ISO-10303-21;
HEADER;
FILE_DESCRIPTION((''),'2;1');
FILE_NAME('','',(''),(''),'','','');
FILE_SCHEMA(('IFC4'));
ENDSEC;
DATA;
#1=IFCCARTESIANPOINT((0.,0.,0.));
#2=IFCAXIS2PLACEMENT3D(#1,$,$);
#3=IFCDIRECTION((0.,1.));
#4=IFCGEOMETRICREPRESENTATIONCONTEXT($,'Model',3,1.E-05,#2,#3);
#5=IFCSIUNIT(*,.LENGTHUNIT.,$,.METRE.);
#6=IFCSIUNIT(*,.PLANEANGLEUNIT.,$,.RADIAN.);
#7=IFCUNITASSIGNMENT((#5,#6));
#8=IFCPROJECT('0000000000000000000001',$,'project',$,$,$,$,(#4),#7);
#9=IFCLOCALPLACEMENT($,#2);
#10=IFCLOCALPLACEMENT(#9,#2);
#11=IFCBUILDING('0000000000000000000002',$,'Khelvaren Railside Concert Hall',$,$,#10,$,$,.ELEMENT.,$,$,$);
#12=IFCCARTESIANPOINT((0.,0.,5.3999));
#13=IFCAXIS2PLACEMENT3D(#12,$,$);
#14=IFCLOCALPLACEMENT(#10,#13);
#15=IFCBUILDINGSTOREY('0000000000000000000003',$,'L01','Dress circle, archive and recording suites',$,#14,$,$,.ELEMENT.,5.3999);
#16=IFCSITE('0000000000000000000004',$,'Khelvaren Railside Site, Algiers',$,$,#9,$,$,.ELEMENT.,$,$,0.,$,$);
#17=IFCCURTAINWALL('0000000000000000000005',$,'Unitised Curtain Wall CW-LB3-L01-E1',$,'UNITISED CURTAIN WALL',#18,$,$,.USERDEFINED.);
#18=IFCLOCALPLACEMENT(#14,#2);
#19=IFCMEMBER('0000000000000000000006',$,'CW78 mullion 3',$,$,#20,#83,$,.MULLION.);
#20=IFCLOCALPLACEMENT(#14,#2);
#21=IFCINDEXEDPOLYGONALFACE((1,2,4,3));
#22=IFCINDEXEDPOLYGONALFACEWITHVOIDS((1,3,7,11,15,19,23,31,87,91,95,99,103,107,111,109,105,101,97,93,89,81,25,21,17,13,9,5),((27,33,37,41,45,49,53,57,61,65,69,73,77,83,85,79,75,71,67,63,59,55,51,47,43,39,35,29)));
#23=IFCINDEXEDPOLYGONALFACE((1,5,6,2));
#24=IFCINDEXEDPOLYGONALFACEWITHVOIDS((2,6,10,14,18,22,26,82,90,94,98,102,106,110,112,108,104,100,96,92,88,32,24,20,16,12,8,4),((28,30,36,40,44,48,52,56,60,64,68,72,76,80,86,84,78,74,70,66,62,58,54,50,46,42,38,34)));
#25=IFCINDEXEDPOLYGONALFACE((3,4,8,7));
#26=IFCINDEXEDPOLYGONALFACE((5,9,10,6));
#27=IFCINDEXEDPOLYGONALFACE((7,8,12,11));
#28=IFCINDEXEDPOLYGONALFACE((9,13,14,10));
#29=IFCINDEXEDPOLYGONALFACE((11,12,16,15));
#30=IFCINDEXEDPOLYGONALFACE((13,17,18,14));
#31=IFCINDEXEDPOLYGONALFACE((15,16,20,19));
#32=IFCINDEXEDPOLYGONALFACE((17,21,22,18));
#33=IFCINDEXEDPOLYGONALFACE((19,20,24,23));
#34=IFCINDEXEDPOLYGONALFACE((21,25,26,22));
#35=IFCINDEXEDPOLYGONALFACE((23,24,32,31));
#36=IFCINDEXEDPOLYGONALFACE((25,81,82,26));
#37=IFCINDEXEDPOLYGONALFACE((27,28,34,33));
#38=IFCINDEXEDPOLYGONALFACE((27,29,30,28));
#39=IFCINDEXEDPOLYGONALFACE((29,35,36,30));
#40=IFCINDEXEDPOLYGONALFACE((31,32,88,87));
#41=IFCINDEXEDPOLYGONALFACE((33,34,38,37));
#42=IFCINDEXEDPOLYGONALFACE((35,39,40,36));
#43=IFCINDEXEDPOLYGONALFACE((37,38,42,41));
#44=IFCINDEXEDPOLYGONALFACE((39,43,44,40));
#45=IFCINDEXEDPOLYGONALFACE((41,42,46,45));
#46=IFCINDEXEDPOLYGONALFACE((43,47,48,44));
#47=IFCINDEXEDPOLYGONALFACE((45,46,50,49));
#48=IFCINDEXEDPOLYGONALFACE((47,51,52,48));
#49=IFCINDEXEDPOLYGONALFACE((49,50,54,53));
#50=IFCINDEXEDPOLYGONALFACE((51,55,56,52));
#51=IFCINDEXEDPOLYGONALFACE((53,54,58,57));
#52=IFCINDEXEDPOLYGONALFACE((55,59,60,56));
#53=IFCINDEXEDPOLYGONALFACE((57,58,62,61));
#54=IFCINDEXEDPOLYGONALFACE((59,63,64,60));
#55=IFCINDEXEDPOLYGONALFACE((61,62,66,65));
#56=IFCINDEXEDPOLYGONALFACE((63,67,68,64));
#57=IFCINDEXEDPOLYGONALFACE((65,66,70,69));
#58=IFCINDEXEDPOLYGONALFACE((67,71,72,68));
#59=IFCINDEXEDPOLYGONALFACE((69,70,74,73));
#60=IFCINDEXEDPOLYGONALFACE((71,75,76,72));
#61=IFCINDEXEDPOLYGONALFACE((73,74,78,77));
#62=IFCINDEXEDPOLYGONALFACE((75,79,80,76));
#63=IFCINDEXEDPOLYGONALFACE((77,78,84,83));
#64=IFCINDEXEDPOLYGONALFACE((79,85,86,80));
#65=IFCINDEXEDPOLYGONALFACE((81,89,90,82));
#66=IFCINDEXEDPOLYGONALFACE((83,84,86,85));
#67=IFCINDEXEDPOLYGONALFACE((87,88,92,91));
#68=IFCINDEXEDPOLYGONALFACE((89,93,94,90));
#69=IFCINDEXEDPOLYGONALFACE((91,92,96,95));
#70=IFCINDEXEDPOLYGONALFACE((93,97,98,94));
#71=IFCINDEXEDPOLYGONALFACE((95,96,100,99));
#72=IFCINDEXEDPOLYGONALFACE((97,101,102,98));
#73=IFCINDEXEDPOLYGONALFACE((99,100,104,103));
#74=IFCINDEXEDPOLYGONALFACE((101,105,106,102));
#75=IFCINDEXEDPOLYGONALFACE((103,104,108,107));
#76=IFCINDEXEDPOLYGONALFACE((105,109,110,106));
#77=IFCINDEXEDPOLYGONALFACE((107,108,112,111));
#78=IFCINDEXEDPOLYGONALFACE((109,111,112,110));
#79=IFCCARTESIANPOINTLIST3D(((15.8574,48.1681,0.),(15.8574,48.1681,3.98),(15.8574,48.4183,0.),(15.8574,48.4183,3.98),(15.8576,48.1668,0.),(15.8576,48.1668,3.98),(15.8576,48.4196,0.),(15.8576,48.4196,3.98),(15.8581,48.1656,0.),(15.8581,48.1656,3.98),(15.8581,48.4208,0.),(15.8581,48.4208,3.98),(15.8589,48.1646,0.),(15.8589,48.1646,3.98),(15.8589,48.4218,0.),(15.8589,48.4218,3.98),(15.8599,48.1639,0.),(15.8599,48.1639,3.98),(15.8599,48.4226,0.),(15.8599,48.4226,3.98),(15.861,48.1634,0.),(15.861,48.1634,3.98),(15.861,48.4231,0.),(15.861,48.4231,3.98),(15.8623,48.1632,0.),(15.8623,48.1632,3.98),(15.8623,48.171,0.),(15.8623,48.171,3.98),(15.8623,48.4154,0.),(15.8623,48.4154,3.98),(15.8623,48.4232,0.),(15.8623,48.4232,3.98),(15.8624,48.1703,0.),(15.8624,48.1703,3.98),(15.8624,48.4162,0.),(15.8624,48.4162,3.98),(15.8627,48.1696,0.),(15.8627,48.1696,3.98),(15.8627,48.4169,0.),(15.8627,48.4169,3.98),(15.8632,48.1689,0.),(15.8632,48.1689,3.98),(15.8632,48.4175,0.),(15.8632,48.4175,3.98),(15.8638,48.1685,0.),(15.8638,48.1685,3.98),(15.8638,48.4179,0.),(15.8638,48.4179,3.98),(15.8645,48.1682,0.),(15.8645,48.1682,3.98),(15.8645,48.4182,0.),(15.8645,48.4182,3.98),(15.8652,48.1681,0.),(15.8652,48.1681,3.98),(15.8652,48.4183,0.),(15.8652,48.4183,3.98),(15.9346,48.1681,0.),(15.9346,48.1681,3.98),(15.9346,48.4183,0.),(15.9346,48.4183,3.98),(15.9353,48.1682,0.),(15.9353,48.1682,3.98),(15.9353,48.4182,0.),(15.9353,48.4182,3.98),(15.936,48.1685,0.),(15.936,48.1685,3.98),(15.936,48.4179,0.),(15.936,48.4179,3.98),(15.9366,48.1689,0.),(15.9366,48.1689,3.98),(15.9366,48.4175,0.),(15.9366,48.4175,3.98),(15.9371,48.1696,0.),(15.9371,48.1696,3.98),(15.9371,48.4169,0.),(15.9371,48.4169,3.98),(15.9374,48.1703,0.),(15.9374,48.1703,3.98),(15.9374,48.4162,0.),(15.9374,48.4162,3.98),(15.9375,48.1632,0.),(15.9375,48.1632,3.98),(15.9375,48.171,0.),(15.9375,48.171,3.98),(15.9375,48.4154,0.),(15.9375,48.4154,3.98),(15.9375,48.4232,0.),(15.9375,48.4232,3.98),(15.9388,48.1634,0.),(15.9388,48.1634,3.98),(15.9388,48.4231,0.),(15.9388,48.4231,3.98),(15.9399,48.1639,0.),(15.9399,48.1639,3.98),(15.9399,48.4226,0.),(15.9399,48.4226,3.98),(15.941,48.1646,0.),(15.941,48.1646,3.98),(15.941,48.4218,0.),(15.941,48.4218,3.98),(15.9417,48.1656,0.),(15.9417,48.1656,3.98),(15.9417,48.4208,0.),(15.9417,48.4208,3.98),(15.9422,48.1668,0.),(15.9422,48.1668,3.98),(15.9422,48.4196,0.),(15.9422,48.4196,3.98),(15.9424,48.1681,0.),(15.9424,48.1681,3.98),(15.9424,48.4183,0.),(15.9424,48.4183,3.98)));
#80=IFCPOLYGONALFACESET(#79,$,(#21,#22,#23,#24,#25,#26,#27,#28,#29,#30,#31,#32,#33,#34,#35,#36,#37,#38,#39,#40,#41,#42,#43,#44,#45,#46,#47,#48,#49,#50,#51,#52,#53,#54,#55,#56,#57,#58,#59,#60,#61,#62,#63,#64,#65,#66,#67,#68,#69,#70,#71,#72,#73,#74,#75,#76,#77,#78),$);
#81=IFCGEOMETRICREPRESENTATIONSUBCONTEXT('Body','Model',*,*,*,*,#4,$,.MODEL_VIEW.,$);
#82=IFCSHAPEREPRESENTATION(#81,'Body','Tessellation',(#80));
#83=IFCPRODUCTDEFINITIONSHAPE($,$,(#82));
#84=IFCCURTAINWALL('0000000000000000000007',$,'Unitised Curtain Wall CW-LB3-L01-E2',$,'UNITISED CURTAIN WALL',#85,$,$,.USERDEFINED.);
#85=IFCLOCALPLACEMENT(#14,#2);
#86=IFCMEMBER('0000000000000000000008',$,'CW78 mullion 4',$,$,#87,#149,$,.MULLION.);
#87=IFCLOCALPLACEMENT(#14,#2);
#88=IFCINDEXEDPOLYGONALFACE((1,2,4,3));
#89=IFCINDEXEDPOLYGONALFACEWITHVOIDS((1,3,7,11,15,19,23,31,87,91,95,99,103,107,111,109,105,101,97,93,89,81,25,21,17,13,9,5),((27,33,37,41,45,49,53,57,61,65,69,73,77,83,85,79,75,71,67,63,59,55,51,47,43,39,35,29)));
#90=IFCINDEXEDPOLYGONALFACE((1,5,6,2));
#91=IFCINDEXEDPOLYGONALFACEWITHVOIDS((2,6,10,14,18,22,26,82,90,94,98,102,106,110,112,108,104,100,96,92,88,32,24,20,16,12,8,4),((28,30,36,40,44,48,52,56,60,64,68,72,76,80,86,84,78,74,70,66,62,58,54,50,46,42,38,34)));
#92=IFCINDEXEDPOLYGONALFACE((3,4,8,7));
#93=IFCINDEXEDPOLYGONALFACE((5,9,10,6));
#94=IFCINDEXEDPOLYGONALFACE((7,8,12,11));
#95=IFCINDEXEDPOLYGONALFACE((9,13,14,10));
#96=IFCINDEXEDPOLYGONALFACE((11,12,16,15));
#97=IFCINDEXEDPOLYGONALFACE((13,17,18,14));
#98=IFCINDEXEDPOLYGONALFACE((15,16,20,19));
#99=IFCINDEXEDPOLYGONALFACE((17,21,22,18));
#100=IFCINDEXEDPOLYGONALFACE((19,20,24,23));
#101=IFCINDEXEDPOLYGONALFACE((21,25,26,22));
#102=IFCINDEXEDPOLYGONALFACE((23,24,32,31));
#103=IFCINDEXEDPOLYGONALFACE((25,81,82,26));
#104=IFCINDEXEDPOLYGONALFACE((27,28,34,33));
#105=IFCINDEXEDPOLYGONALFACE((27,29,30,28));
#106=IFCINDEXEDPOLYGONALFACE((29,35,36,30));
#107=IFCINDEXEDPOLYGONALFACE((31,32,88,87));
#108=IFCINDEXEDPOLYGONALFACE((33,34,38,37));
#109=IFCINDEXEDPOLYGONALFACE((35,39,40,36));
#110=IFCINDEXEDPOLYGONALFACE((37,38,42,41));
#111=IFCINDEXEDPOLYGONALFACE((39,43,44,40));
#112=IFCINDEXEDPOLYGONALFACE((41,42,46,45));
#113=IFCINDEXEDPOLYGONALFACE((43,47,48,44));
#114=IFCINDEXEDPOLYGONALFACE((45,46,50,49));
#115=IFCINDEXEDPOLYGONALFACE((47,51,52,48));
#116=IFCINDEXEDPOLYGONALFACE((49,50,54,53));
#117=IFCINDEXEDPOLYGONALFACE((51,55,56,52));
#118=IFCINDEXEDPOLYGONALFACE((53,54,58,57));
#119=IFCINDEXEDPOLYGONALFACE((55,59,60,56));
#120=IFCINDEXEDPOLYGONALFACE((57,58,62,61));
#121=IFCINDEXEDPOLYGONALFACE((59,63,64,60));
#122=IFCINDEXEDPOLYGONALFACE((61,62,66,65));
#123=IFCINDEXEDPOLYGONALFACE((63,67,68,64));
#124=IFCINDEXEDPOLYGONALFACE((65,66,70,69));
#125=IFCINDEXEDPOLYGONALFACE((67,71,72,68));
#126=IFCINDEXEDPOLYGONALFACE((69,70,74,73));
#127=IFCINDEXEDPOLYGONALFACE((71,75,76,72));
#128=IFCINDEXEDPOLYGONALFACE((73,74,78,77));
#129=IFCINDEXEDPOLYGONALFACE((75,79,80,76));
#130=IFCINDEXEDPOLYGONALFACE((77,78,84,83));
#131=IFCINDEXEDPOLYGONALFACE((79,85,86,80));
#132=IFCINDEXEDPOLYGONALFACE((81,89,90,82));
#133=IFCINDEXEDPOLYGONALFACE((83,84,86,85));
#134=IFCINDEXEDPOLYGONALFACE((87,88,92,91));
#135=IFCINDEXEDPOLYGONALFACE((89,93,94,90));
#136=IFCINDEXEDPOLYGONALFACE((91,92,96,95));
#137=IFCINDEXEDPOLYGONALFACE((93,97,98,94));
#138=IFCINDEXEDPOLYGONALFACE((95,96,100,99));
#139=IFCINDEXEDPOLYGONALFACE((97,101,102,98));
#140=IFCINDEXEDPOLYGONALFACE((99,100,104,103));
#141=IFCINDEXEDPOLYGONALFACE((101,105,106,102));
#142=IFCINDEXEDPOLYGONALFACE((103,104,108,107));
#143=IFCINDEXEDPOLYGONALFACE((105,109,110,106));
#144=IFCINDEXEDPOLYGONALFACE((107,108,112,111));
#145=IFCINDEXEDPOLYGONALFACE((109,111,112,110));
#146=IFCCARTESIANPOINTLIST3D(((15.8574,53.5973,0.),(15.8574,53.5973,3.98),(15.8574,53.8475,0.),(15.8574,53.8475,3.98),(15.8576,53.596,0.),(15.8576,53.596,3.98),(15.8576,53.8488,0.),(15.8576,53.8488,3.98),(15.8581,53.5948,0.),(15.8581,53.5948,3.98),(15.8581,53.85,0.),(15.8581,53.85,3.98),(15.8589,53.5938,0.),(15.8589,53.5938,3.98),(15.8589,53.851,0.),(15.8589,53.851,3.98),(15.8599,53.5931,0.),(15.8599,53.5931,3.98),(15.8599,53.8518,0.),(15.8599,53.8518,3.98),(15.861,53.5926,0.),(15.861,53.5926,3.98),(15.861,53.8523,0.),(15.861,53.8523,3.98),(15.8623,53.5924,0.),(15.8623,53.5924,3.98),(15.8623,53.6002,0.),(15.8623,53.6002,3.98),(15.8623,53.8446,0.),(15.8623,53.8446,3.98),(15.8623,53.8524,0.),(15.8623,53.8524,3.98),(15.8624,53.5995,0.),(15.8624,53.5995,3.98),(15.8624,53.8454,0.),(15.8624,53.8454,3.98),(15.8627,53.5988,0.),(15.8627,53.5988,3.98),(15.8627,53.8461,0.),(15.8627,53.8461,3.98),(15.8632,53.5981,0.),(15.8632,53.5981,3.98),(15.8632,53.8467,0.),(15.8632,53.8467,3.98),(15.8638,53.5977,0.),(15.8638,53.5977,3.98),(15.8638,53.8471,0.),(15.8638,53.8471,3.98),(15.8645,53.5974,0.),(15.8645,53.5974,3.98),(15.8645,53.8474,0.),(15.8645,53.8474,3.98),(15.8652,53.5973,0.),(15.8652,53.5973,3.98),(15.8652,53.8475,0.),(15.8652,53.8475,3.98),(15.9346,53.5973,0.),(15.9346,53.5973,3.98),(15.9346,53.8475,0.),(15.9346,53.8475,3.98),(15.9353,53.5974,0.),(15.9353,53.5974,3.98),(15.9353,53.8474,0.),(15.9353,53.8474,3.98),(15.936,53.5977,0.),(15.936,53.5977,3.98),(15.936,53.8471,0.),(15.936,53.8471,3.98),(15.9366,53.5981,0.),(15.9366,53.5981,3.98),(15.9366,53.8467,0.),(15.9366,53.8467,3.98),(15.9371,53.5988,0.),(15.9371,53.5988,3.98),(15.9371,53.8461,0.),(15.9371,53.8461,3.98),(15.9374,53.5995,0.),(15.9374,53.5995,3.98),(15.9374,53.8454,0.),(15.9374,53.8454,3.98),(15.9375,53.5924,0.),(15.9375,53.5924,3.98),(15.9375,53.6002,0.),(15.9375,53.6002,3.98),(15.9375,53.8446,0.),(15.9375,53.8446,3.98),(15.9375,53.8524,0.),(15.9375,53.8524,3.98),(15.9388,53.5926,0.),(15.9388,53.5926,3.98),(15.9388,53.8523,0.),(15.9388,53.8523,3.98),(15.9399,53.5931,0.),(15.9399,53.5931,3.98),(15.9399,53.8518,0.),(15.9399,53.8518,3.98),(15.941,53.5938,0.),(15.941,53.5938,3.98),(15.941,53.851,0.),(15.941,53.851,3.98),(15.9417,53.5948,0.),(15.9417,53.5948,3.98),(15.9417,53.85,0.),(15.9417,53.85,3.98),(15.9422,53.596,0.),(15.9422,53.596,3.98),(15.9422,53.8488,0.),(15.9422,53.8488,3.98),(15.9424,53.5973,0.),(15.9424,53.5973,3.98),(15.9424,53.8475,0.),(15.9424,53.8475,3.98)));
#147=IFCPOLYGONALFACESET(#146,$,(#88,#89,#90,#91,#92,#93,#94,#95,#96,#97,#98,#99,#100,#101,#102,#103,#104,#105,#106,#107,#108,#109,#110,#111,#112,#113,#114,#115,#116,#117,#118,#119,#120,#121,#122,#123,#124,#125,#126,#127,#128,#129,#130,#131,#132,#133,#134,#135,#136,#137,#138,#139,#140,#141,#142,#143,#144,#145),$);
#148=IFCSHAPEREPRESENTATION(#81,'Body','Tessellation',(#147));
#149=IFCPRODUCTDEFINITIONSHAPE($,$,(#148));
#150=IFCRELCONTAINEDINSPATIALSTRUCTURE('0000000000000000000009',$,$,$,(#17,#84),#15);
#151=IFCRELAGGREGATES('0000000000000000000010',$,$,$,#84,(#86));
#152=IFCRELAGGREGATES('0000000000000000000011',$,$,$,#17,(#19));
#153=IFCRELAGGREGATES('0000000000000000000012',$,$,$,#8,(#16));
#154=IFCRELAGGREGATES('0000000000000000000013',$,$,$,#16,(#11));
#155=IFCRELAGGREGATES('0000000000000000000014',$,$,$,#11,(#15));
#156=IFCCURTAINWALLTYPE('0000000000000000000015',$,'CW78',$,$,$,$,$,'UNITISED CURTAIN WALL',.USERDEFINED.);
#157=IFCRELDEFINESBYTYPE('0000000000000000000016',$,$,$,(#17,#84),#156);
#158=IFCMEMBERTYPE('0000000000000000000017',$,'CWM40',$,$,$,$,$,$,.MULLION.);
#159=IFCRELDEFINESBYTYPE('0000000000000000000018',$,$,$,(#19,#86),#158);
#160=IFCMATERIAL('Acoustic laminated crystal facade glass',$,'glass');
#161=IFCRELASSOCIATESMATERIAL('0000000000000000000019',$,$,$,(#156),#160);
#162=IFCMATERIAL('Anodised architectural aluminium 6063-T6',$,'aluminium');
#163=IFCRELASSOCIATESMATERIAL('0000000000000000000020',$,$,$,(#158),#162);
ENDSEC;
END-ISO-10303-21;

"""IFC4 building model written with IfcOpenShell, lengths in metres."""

from ifc_helpers import new_model, si_unit, direction, frame, origin, origin_2d, place, context, subcontext, project, spatial, hollow_rectangle, extrude, material, material_profile, profile_set, type_object, element, aggregate, save


model = new_model("IFC4")

# Units and contexts
model_context = context("Model", 3, precision=1e-05, world=origin(), true_north=direction((0.0, 1.0)))
body_context = subcontext(model_context, "Body", "Model", "MODEL_VIEW")
ifc_project = project(units=[si_unit("LENGTHUNIT", "METRE"), si_unit("PLANEANGLEUNIT", "RADIAN")], contexts=[model_context])

# Site, building, storey
site_placement = place(None, origin())
site = spatial("IfcSite", under=ifc_project, at=site_placement, Name="Khelvaren Railside Site, Algiers", CompositionType="ELEMENT", RefElevation=0.0)
building_placement = place(site_placement, origin())
building = spatial("IfcBuilding", under=site, at=building_placement, Name="Khelvaren Railside Concert Hall", CompositionType="ELEMENT")
storey_placement = place(building_placement, frame((0.0, 0.0, 5.3999)))
storey = spatial("IfcBuildingStorey", under=building, at=storey_placement, Name="L01", Description="Dress circle, archive and recording suites", CompositionType="ELEMENT", Elevation=5.3999)

# Curtain wall, member
ifc_material_1 = material(Name="Acoustic laminated crystal facade glass", Category="glass")
curtain_wall_type = type_object("IfcCurtainWallType", Name="CW78", ElementType="UNITISED CURTAIN WALL", PredefinedType="USERDEFINED", material=ifc_material_1)
curtain_wall_1_placement = place(storey_placement, origin())
curtain_wall_1 = element("IfcCurtainWall", 1, at=curtain_wall_1_placement, inside=storey, type_object=curtain_wall_type, Name="Unitised Curtain Wall CW-LB3-L01-E1", ObjectType="UNITISED CURTAIN WALL", PredefinedType="USERDEFINED")
ifc_material_2 = material(Name="Anodised architectural aluminium 6063-T6", Category="aluminium")
ifc_material_profile_1 = material_profile(ifc_material_2, hollow_rectangle(XDim=0.085, YDim=0.26, WallThickness=0.0049, InnerFilletRadius=0.0029, OuterFilletRadius=0.0049, at=origin_2d()), Name="CWM 85x260x5")
ifc_profile_set_1 = profile_set([ifc_material_profile_1], Name="Anodised architectural aluminium 6063-T6")
member_type_1 = type_object("IfcMemberType", Name="CWM40", PredefinedType="MULLION", material=ifc_profile_set_1)
member_1_placement = place(storey_placement, frame((15.8999, 48.2932, 0.0), z_axis=(0.0, 0.0, 1.0), x_axis=(1.0, 0.0, 0.0)))
member_1 = element("IfcMember", 2, at=member_1_placement, type_object=member_type_1, Name="CW78 mullion 3", PredefinedType="MULLION", context=body_context, shape_type="SweptSolid", body=[
    extrude(hollow_rectangle(XDim=0.085, YDim=0.26, WallThickness=0.0049, InnerFilletRadius=0.0029, OuterFilletRadius=0.0049, at=origin_2d()), origin(), (0.0, 0.0, 1.0), 3.98),
])

# Curtain wall, member
curtain_wall_2_placement = place(storey_placement, origin())
curtain_wall_2 = element("IfcCurtainWall", 3, at=curtain_wall_2_placement, inside=storey, type_object=curtain_wall_type, Name="Unitised Curtain Wall CW-LB3-L01-E2", ObjectType="UNITISED CURTAIN WALL", PredefinedType="USERDEFINED")
member_2_placement = place(storey_placement, frame((15.8999, 53.7224, 0.0), z_axis=(0.0, 0.0, 1.0), x_axis=(1.0, 0.0, 0.0)))
member_2 = element("IfcMember", 4, at=member_2_placement, type_object=member_type_1, Name="CW78 mullion 4", PredefinedType="MULLION", context=body_context, shape_type="SweptSolid", body=[
    extrude(hollow_rectangle(XDim=0.085, YDim=0.26, WallThickness=0.0049, InnerFilletRadius=0.0029, OuterFilletRadius=0.0049, at=origin_2d()), origin(), (0.0, 0.0, 1.0), 3.98),
])
aggregate(curtain_wall_2, [member_2])

aggregate(curtain_wall_1, [member_1])

save(model, "model.ifc")
